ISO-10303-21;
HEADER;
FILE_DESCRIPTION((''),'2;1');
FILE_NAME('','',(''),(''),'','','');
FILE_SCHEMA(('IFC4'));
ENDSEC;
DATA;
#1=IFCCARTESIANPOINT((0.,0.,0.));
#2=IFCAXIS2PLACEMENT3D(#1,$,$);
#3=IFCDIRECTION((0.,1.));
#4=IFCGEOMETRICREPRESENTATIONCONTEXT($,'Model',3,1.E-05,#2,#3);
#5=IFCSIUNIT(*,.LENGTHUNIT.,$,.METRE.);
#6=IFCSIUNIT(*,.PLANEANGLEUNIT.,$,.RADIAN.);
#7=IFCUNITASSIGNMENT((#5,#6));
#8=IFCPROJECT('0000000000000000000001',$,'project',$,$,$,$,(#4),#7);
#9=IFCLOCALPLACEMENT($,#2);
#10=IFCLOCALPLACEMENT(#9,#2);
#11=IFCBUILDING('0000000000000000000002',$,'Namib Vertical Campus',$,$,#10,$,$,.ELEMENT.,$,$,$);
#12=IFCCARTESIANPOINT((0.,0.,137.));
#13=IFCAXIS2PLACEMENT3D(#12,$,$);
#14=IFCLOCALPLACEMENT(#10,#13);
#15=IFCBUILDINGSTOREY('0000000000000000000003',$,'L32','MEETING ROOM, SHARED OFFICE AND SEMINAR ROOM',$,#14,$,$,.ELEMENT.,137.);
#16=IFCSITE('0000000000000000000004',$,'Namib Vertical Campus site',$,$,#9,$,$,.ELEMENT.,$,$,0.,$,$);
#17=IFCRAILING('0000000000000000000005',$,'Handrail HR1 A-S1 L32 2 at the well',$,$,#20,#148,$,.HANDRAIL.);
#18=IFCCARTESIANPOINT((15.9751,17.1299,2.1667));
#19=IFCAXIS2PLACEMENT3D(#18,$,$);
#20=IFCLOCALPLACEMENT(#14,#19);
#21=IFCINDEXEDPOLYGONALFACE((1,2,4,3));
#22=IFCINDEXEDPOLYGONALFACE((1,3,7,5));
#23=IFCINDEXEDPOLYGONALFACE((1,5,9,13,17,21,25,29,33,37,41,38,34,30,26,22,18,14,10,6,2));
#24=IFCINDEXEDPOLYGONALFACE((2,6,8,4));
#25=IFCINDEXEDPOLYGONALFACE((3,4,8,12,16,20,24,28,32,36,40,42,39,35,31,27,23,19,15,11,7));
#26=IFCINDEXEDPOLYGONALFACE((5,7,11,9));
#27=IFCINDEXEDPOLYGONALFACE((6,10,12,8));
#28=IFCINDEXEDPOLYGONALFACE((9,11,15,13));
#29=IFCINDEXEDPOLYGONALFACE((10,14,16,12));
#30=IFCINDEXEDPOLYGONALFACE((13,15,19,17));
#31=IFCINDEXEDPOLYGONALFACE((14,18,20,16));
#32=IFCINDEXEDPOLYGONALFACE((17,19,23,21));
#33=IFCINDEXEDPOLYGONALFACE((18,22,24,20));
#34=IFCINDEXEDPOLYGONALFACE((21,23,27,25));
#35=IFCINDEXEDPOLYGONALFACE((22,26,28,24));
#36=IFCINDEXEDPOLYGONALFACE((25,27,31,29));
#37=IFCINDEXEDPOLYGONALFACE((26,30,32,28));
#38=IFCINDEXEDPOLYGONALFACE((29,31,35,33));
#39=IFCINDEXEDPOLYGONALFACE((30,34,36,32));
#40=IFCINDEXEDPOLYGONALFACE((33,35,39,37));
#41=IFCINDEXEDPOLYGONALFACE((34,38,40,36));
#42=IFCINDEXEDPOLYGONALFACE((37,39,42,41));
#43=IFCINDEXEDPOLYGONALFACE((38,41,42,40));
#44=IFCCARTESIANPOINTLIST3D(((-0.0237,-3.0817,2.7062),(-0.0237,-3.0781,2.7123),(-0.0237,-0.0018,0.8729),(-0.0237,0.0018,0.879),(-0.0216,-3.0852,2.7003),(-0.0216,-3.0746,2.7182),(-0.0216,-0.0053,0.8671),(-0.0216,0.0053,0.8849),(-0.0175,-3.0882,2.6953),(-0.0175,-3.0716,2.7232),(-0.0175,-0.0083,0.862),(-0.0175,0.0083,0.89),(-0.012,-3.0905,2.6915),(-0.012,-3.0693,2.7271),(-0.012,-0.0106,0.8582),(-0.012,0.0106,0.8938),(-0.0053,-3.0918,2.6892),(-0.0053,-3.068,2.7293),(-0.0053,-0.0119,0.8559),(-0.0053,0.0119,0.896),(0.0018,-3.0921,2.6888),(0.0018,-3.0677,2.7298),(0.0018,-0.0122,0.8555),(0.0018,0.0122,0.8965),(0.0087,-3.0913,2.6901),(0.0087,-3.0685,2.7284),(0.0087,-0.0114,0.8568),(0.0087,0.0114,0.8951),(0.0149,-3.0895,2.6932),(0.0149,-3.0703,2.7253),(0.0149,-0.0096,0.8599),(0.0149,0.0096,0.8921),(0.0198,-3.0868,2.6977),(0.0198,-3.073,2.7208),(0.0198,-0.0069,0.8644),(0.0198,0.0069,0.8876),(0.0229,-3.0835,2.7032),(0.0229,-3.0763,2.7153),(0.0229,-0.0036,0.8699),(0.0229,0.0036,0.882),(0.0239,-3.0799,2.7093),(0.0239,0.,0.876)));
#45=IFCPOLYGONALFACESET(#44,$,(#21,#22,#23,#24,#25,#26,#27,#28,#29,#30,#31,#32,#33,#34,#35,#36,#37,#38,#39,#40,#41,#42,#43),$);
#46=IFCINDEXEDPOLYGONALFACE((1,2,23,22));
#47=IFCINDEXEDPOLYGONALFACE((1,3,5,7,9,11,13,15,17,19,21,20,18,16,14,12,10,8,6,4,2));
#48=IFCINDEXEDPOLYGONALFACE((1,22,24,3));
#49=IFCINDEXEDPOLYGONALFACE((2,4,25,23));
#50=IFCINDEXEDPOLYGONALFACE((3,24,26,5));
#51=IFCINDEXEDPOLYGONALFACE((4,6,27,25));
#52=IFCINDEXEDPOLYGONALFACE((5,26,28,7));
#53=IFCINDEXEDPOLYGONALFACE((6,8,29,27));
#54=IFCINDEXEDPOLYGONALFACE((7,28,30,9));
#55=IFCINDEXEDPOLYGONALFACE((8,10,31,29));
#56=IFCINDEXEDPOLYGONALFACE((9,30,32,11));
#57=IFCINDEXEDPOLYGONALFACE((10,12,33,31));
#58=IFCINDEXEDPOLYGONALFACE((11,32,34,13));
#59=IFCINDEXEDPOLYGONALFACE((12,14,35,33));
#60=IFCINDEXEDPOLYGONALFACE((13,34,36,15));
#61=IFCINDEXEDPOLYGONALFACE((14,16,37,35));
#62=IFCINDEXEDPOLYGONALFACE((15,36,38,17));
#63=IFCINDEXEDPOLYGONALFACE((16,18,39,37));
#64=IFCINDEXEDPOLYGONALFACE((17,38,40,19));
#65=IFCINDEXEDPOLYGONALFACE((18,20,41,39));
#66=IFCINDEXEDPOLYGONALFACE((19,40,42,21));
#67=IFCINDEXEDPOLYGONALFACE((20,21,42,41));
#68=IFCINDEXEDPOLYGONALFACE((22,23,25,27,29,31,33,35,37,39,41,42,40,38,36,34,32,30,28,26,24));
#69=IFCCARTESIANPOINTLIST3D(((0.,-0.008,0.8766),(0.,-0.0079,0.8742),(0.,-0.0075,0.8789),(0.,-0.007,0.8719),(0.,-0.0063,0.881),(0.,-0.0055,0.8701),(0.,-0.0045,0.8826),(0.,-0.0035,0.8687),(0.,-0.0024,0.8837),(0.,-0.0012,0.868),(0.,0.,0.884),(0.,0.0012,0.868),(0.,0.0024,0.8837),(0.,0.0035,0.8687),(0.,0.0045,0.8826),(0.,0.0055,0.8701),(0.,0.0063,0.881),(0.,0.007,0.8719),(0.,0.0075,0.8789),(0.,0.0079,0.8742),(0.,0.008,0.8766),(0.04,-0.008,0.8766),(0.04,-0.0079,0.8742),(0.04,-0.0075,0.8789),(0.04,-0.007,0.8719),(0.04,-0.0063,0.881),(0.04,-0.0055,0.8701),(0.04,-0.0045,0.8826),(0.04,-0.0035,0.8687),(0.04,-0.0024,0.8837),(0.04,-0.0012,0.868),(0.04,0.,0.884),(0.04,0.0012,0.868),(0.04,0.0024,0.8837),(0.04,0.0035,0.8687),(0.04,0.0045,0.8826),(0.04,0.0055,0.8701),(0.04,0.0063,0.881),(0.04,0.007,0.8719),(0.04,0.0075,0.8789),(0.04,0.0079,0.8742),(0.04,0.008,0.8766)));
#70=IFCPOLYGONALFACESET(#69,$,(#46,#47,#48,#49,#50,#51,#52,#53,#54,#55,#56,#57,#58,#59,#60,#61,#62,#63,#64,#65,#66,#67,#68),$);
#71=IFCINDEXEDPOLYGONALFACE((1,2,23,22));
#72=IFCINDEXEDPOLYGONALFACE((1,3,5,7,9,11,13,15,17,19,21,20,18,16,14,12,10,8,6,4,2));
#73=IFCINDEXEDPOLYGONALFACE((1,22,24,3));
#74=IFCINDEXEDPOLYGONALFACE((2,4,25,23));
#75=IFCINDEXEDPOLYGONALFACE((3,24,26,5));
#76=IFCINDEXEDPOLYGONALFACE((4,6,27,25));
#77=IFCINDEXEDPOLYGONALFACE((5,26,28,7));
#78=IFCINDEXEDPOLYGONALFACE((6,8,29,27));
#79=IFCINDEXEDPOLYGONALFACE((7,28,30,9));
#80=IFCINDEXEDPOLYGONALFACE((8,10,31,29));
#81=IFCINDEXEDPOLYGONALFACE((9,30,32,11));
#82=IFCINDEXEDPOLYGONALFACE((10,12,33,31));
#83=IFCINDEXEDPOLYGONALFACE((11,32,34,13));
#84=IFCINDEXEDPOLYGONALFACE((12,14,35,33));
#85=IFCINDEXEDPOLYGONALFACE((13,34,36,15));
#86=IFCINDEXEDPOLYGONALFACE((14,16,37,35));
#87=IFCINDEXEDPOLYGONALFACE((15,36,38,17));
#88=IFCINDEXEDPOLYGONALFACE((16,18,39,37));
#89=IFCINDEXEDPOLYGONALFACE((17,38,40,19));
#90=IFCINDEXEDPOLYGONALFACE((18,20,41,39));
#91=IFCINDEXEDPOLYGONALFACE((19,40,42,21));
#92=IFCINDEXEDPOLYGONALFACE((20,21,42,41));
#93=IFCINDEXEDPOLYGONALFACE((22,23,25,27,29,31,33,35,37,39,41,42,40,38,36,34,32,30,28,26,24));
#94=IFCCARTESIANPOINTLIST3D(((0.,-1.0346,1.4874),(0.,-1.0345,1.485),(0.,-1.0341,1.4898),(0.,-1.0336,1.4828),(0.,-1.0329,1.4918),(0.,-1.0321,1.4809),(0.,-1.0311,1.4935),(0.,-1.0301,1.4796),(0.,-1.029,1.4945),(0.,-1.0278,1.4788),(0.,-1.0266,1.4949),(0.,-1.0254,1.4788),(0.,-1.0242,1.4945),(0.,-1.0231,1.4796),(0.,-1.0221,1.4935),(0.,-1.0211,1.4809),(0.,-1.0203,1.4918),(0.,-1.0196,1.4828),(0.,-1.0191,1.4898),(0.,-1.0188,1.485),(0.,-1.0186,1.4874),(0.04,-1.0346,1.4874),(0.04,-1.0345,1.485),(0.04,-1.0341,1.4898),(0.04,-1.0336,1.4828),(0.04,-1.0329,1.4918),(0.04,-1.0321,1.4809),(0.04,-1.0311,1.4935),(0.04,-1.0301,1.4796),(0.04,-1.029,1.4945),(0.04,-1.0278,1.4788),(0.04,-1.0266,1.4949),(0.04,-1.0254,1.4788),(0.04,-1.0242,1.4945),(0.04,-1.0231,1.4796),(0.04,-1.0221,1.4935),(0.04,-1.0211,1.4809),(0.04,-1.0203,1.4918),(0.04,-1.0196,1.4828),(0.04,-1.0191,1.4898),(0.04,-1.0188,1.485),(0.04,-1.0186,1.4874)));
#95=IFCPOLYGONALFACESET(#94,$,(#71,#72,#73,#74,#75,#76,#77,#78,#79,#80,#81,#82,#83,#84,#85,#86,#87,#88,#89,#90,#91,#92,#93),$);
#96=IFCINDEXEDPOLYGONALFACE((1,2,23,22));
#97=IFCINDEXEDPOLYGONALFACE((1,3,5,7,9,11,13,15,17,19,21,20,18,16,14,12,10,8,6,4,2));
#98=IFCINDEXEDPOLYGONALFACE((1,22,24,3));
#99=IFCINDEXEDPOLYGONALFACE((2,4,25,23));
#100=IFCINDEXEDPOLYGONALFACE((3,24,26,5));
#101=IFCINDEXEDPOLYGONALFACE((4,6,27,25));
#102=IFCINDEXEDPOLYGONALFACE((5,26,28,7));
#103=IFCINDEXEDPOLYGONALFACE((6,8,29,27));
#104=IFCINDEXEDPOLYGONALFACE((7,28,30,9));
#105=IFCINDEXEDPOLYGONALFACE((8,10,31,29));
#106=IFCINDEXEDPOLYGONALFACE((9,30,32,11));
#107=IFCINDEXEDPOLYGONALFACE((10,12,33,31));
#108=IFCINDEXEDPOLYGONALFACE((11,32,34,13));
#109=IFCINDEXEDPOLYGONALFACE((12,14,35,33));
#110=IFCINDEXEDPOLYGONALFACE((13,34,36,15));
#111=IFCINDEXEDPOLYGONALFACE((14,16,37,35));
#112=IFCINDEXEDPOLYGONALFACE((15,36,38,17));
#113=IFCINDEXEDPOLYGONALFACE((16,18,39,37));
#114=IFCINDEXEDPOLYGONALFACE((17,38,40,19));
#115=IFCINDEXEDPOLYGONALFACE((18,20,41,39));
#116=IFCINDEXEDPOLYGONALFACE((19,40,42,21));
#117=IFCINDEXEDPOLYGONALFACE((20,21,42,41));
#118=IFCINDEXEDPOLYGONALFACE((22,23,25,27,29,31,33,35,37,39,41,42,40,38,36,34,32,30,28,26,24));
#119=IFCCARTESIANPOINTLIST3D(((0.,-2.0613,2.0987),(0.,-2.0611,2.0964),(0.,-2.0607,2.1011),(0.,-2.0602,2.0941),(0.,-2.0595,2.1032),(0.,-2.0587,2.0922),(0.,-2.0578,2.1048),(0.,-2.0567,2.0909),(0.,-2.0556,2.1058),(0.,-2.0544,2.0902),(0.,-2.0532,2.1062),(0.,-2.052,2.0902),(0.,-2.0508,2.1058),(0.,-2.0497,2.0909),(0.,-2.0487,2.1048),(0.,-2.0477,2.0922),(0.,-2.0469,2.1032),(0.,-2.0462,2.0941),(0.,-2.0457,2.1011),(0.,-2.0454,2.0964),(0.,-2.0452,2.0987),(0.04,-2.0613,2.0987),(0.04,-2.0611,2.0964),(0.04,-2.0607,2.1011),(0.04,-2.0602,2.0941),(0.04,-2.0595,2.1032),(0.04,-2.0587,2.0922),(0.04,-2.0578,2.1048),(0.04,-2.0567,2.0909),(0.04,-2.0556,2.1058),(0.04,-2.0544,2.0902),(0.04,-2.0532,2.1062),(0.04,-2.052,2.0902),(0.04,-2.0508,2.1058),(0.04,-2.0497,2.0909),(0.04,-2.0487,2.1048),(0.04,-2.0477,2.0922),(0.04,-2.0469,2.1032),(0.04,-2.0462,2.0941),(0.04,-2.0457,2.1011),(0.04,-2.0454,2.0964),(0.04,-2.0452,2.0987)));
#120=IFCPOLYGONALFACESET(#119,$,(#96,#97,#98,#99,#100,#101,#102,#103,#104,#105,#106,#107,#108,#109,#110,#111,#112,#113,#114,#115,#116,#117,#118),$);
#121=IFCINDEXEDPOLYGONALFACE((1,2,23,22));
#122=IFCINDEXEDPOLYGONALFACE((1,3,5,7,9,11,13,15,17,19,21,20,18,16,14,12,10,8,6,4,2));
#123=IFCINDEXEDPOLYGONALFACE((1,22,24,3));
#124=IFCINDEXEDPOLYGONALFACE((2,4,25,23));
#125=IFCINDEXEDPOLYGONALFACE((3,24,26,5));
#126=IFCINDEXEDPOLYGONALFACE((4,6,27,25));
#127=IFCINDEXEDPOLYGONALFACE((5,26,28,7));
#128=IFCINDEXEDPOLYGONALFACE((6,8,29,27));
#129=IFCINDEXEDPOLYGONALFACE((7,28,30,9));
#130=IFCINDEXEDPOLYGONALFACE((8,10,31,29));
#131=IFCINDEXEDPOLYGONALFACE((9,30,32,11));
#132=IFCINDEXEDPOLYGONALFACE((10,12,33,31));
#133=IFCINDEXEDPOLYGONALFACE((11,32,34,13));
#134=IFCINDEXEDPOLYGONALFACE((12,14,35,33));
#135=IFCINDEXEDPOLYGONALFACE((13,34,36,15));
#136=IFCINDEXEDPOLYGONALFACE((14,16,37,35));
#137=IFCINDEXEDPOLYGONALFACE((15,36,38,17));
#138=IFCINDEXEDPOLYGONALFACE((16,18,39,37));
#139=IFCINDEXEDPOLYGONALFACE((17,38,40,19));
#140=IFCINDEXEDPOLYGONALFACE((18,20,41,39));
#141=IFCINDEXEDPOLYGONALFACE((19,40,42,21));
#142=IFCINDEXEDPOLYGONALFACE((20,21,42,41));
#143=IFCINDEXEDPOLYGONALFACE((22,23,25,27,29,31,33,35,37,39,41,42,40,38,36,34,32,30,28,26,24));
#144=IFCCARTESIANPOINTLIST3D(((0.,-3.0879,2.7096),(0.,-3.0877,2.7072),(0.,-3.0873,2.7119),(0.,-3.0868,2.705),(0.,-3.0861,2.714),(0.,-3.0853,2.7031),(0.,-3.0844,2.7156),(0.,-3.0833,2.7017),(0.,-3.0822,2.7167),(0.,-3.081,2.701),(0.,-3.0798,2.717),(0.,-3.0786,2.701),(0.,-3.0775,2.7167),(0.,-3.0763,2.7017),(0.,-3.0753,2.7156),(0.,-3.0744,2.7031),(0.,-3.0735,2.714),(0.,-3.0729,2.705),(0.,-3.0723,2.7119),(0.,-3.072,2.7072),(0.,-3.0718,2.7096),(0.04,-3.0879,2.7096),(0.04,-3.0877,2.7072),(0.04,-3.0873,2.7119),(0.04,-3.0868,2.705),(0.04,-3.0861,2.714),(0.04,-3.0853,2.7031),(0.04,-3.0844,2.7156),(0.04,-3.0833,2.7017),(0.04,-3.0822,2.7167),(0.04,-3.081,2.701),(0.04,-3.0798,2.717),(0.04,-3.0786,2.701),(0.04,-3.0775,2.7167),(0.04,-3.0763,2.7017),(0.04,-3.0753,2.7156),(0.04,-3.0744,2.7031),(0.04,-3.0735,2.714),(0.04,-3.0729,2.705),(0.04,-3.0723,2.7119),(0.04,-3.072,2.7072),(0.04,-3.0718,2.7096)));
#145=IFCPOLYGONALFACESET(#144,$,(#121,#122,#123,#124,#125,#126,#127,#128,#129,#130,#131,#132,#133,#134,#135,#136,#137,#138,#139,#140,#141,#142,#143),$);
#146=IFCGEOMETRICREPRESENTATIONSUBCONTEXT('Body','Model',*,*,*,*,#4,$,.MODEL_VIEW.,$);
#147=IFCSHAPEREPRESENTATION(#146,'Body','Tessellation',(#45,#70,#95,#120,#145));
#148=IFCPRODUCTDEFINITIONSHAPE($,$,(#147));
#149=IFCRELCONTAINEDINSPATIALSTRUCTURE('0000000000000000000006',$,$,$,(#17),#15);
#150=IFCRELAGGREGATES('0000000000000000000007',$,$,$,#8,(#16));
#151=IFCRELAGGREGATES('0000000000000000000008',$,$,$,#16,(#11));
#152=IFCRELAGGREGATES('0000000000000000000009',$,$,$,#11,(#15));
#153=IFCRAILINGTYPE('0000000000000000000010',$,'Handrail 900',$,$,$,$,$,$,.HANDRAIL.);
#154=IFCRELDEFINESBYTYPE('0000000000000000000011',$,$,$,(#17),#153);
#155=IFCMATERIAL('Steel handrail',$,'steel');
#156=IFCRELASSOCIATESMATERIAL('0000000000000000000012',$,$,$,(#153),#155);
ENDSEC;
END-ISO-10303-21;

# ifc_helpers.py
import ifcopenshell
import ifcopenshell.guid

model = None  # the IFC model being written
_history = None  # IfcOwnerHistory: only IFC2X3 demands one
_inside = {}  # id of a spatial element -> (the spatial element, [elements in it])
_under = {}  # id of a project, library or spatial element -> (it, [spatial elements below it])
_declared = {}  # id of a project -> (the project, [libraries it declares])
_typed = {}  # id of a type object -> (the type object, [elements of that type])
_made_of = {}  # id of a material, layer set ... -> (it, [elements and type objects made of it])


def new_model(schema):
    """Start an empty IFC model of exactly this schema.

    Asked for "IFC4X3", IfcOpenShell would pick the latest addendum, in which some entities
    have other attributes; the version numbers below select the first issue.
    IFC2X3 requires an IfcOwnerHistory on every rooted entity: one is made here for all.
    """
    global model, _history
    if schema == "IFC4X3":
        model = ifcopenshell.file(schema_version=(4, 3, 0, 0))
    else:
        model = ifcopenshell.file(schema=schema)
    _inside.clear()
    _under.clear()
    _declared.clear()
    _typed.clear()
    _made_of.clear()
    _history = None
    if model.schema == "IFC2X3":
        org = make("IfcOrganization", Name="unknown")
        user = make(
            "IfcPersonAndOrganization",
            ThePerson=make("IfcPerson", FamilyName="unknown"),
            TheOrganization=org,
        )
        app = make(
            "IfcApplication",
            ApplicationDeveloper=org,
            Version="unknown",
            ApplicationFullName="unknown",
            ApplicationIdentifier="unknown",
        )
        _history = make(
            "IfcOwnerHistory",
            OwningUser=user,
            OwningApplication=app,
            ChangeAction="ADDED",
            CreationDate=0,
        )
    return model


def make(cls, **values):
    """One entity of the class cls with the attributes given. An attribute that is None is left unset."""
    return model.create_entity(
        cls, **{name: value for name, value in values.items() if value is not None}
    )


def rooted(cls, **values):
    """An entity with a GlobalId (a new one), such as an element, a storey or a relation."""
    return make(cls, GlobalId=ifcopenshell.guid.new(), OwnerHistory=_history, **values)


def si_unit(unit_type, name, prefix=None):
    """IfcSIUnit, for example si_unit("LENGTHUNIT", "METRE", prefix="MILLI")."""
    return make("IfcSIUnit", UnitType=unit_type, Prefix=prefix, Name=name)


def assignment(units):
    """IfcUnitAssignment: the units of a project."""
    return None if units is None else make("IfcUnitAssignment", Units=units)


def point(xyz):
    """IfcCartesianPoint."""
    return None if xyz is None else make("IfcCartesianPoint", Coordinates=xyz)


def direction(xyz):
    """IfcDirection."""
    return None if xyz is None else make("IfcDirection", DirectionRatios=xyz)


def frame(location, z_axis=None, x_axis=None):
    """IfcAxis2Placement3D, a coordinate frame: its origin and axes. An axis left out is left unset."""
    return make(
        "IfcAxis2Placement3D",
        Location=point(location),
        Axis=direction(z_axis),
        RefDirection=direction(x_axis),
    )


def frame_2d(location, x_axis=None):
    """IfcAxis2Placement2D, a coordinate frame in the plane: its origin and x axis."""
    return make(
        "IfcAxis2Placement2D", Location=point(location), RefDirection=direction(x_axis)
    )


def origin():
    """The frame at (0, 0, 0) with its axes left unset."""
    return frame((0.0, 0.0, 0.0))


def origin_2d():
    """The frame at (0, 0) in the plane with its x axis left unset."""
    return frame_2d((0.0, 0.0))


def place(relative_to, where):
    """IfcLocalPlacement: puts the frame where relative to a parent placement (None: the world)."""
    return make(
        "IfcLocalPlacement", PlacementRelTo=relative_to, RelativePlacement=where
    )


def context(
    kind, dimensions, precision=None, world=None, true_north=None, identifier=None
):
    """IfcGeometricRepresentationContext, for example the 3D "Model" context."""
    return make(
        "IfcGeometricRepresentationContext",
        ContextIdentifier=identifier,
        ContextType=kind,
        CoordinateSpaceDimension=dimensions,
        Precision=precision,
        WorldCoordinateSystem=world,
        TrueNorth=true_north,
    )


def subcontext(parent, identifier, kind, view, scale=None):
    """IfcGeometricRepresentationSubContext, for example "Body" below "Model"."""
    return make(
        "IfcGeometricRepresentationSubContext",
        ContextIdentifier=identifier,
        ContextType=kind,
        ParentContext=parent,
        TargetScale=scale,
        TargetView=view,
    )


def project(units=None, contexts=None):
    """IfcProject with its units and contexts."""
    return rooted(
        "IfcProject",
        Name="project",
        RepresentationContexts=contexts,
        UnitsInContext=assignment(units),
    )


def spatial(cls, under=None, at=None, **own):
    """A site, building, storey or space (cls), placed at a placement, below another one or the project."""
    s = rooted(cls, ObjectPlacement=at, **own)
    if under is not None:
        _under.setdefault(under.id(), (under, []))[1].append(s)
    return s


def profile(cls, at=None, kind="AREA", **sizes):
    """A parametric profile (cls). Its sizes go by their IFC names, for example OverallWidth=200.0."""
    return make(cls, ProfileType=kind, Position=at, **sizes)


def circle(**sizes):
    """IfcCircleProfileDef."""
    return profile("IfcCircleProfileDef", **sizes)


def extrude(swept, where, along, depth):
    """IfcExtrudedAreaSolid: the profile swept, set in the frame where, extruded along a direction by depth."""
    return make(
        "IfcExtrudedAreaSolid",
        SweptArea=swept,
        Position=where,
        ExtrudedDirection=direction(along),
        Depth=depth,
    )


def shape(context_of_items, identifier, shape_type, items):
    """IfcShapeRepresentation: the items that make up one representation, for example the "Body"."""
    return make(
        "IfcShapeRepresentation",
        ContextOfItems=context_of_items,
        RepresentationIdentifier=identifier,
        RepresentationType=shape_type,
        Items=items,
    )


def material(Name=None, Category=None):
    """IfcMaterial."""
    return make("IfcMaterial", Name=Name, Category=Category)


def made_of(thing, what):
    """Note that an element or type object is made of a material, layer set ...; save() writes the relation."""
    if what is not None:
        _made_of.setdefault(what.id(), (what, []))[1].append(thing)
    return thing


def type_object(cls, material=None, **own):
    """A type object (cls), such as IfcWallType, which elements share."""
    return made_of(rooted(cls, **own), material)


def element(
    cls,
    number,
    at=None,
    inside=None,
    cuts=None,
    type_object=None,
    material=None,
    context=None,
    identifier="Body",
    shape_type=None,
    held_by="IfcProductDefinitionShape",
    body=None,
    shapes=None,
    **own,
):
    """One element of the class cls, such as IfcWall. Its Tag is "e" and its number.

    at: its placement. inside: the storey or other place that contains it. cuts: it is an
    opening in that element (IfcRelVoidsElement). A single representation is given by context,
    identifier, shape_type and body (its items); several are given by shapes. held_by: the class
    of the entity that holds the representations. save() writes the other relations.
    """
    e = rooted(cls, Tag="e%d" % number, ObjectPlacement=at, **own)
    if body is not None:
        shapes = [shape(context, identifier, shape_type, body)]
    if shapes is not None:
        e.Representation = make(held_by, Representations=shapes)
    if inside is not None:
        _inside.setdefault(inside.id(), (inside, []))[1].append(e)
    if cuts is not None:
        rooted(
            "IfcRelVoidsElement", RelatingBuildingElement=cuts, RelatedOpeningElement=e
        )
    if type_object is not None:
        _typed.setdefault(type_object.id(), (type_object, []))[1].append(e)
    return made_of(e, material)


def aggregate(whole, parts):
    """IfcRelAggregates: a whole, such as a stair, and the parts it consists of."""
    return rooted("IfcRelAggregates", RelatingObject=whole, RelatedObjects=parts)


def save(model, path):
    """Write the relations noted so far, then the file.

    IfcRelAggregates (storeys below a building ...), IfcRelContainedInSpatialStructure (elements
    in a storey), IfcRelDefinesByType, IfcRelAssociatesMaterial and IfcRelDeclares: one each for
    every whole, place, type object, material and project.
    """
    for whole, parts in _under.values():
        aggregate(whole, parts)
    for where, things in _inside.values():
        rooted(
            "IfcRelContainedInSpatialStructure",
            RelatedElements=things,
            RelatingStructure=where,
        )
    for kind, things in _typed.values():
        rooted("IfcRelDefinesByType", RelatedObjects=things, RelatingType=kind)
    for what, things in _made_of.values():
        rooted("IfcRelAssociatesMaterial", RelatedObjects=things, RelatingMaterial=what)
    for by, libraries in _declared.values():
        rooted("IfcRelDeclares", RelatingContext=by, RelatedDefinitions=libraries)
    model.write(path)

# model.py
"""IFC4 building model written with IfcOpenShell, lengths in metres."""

from ifc_helpers import new_model, si_unit, direction, frame, origin, origin_2d, place, context, subcontext, project, spatial, circle, extrude, material, type_object, element, save


model = new_model("IFC4")

# Units and contexts
model_context = context("Model", 3, precision=1e-05, world=origin(), true_north=direction((0.0, 1.0)))
body_context = subcontext(model_context, "Body", "Model", "MODEL_VIEW")
ifc_project = project(units=[si_unit("LENGTHUNIT", "METRE"), si_unit("PLANEANGLEUNIT", "RADIAN")], contexts=[model_context])

# Site, building, storey
site_placement = place(None, origin())
site = spatial("IfcSite", under=ifc_project, at=site_placement, Name="Namib Vertical Campus site", CompositionType="ELEMENT", RefElevation=0.0)
building_placement = place(site_placement, origin())
building = spatial("IfcBuilding", under=site, at=building_placement, Name="Namib Vertical Campus", CompositionType="ELEMENT")
storey_placement = place(building_placement, frame((0.0, 0.0, 137.0)))
storey = spatial("IfcBuildingStorey", under=building, at=storey_placement, Name="L32", Description="MEETING ROOM, SHARED OFFICE AND SEMINAR ROOM", CompositionType="ELEMENT", Elevation=137.0)

# Railing
ifc_material_1 = material(Name="Steel handrail", Category="steel")
railing_type_1 = type_object("IfcRailingType", Name="Handrail 900", PredefinedType="HANDRAIL", material=ifc_material_1)
railing_1_placement = place(storey_placement, frame((15.9751, 17.1299, 2.1667)))
element("IfcRailing", 1, at=railing_1_placement, inside=storey, type_object=railing_type_1, Name="Handrail HR1 A-S1 L32 2 at the well", PredefinedType="HANDRAIL", context=body_context, shape_type="SweptSolid", body=[
    extrude(circle(Radius=0.0239, at=origin_2d()), frame((0.0, 0.0, 0.876), z_axis=(0.0, -0.859291, 0.511487), x_axis=(1.0, 0.0, 0.0)), (0.0, 0.0, 1.0), 3.5842),
    extrude(circle(Radius=0.0081, at=origin_2d()), frame((0.0, 0.0, 0.876), z_axis=(1.0, 0.0, 0.0), x_axis=(0.0, 0.0, 1.0)), (0.0, 0.0, 1.0), 0.04),
    extrude(circle(Radius=0.0081, at=origin_2d()), frame((0.0, -1.0266, 1.4868), z_axis=(1.0, 0.0, 0.0), x_axis=(0.0, 0.0, 1.0)), (0.0, 0.0, 1.0), 0.04),
    extrude(circle(Radius=0.0081, at=origin_2d()), frame((0.0, -2.0532, 2.0981), z_axis=(1.0, 0.0, 0.0), x_axis=(0.0, 0.0, 1.0)), (0.0, 0.0, 1.0), 0.04),
    extrude(circle(Radius=0.0081, at=origin_2d()), frame((0.0, -3.0798, 2.709), z_axis=(1.0, 0.0, 0.0), x_axis=(0.0, 0.0, 1.0)), (0.0, 0.0, 1.0), 0.04),
])

save(model, "model.ifc")
